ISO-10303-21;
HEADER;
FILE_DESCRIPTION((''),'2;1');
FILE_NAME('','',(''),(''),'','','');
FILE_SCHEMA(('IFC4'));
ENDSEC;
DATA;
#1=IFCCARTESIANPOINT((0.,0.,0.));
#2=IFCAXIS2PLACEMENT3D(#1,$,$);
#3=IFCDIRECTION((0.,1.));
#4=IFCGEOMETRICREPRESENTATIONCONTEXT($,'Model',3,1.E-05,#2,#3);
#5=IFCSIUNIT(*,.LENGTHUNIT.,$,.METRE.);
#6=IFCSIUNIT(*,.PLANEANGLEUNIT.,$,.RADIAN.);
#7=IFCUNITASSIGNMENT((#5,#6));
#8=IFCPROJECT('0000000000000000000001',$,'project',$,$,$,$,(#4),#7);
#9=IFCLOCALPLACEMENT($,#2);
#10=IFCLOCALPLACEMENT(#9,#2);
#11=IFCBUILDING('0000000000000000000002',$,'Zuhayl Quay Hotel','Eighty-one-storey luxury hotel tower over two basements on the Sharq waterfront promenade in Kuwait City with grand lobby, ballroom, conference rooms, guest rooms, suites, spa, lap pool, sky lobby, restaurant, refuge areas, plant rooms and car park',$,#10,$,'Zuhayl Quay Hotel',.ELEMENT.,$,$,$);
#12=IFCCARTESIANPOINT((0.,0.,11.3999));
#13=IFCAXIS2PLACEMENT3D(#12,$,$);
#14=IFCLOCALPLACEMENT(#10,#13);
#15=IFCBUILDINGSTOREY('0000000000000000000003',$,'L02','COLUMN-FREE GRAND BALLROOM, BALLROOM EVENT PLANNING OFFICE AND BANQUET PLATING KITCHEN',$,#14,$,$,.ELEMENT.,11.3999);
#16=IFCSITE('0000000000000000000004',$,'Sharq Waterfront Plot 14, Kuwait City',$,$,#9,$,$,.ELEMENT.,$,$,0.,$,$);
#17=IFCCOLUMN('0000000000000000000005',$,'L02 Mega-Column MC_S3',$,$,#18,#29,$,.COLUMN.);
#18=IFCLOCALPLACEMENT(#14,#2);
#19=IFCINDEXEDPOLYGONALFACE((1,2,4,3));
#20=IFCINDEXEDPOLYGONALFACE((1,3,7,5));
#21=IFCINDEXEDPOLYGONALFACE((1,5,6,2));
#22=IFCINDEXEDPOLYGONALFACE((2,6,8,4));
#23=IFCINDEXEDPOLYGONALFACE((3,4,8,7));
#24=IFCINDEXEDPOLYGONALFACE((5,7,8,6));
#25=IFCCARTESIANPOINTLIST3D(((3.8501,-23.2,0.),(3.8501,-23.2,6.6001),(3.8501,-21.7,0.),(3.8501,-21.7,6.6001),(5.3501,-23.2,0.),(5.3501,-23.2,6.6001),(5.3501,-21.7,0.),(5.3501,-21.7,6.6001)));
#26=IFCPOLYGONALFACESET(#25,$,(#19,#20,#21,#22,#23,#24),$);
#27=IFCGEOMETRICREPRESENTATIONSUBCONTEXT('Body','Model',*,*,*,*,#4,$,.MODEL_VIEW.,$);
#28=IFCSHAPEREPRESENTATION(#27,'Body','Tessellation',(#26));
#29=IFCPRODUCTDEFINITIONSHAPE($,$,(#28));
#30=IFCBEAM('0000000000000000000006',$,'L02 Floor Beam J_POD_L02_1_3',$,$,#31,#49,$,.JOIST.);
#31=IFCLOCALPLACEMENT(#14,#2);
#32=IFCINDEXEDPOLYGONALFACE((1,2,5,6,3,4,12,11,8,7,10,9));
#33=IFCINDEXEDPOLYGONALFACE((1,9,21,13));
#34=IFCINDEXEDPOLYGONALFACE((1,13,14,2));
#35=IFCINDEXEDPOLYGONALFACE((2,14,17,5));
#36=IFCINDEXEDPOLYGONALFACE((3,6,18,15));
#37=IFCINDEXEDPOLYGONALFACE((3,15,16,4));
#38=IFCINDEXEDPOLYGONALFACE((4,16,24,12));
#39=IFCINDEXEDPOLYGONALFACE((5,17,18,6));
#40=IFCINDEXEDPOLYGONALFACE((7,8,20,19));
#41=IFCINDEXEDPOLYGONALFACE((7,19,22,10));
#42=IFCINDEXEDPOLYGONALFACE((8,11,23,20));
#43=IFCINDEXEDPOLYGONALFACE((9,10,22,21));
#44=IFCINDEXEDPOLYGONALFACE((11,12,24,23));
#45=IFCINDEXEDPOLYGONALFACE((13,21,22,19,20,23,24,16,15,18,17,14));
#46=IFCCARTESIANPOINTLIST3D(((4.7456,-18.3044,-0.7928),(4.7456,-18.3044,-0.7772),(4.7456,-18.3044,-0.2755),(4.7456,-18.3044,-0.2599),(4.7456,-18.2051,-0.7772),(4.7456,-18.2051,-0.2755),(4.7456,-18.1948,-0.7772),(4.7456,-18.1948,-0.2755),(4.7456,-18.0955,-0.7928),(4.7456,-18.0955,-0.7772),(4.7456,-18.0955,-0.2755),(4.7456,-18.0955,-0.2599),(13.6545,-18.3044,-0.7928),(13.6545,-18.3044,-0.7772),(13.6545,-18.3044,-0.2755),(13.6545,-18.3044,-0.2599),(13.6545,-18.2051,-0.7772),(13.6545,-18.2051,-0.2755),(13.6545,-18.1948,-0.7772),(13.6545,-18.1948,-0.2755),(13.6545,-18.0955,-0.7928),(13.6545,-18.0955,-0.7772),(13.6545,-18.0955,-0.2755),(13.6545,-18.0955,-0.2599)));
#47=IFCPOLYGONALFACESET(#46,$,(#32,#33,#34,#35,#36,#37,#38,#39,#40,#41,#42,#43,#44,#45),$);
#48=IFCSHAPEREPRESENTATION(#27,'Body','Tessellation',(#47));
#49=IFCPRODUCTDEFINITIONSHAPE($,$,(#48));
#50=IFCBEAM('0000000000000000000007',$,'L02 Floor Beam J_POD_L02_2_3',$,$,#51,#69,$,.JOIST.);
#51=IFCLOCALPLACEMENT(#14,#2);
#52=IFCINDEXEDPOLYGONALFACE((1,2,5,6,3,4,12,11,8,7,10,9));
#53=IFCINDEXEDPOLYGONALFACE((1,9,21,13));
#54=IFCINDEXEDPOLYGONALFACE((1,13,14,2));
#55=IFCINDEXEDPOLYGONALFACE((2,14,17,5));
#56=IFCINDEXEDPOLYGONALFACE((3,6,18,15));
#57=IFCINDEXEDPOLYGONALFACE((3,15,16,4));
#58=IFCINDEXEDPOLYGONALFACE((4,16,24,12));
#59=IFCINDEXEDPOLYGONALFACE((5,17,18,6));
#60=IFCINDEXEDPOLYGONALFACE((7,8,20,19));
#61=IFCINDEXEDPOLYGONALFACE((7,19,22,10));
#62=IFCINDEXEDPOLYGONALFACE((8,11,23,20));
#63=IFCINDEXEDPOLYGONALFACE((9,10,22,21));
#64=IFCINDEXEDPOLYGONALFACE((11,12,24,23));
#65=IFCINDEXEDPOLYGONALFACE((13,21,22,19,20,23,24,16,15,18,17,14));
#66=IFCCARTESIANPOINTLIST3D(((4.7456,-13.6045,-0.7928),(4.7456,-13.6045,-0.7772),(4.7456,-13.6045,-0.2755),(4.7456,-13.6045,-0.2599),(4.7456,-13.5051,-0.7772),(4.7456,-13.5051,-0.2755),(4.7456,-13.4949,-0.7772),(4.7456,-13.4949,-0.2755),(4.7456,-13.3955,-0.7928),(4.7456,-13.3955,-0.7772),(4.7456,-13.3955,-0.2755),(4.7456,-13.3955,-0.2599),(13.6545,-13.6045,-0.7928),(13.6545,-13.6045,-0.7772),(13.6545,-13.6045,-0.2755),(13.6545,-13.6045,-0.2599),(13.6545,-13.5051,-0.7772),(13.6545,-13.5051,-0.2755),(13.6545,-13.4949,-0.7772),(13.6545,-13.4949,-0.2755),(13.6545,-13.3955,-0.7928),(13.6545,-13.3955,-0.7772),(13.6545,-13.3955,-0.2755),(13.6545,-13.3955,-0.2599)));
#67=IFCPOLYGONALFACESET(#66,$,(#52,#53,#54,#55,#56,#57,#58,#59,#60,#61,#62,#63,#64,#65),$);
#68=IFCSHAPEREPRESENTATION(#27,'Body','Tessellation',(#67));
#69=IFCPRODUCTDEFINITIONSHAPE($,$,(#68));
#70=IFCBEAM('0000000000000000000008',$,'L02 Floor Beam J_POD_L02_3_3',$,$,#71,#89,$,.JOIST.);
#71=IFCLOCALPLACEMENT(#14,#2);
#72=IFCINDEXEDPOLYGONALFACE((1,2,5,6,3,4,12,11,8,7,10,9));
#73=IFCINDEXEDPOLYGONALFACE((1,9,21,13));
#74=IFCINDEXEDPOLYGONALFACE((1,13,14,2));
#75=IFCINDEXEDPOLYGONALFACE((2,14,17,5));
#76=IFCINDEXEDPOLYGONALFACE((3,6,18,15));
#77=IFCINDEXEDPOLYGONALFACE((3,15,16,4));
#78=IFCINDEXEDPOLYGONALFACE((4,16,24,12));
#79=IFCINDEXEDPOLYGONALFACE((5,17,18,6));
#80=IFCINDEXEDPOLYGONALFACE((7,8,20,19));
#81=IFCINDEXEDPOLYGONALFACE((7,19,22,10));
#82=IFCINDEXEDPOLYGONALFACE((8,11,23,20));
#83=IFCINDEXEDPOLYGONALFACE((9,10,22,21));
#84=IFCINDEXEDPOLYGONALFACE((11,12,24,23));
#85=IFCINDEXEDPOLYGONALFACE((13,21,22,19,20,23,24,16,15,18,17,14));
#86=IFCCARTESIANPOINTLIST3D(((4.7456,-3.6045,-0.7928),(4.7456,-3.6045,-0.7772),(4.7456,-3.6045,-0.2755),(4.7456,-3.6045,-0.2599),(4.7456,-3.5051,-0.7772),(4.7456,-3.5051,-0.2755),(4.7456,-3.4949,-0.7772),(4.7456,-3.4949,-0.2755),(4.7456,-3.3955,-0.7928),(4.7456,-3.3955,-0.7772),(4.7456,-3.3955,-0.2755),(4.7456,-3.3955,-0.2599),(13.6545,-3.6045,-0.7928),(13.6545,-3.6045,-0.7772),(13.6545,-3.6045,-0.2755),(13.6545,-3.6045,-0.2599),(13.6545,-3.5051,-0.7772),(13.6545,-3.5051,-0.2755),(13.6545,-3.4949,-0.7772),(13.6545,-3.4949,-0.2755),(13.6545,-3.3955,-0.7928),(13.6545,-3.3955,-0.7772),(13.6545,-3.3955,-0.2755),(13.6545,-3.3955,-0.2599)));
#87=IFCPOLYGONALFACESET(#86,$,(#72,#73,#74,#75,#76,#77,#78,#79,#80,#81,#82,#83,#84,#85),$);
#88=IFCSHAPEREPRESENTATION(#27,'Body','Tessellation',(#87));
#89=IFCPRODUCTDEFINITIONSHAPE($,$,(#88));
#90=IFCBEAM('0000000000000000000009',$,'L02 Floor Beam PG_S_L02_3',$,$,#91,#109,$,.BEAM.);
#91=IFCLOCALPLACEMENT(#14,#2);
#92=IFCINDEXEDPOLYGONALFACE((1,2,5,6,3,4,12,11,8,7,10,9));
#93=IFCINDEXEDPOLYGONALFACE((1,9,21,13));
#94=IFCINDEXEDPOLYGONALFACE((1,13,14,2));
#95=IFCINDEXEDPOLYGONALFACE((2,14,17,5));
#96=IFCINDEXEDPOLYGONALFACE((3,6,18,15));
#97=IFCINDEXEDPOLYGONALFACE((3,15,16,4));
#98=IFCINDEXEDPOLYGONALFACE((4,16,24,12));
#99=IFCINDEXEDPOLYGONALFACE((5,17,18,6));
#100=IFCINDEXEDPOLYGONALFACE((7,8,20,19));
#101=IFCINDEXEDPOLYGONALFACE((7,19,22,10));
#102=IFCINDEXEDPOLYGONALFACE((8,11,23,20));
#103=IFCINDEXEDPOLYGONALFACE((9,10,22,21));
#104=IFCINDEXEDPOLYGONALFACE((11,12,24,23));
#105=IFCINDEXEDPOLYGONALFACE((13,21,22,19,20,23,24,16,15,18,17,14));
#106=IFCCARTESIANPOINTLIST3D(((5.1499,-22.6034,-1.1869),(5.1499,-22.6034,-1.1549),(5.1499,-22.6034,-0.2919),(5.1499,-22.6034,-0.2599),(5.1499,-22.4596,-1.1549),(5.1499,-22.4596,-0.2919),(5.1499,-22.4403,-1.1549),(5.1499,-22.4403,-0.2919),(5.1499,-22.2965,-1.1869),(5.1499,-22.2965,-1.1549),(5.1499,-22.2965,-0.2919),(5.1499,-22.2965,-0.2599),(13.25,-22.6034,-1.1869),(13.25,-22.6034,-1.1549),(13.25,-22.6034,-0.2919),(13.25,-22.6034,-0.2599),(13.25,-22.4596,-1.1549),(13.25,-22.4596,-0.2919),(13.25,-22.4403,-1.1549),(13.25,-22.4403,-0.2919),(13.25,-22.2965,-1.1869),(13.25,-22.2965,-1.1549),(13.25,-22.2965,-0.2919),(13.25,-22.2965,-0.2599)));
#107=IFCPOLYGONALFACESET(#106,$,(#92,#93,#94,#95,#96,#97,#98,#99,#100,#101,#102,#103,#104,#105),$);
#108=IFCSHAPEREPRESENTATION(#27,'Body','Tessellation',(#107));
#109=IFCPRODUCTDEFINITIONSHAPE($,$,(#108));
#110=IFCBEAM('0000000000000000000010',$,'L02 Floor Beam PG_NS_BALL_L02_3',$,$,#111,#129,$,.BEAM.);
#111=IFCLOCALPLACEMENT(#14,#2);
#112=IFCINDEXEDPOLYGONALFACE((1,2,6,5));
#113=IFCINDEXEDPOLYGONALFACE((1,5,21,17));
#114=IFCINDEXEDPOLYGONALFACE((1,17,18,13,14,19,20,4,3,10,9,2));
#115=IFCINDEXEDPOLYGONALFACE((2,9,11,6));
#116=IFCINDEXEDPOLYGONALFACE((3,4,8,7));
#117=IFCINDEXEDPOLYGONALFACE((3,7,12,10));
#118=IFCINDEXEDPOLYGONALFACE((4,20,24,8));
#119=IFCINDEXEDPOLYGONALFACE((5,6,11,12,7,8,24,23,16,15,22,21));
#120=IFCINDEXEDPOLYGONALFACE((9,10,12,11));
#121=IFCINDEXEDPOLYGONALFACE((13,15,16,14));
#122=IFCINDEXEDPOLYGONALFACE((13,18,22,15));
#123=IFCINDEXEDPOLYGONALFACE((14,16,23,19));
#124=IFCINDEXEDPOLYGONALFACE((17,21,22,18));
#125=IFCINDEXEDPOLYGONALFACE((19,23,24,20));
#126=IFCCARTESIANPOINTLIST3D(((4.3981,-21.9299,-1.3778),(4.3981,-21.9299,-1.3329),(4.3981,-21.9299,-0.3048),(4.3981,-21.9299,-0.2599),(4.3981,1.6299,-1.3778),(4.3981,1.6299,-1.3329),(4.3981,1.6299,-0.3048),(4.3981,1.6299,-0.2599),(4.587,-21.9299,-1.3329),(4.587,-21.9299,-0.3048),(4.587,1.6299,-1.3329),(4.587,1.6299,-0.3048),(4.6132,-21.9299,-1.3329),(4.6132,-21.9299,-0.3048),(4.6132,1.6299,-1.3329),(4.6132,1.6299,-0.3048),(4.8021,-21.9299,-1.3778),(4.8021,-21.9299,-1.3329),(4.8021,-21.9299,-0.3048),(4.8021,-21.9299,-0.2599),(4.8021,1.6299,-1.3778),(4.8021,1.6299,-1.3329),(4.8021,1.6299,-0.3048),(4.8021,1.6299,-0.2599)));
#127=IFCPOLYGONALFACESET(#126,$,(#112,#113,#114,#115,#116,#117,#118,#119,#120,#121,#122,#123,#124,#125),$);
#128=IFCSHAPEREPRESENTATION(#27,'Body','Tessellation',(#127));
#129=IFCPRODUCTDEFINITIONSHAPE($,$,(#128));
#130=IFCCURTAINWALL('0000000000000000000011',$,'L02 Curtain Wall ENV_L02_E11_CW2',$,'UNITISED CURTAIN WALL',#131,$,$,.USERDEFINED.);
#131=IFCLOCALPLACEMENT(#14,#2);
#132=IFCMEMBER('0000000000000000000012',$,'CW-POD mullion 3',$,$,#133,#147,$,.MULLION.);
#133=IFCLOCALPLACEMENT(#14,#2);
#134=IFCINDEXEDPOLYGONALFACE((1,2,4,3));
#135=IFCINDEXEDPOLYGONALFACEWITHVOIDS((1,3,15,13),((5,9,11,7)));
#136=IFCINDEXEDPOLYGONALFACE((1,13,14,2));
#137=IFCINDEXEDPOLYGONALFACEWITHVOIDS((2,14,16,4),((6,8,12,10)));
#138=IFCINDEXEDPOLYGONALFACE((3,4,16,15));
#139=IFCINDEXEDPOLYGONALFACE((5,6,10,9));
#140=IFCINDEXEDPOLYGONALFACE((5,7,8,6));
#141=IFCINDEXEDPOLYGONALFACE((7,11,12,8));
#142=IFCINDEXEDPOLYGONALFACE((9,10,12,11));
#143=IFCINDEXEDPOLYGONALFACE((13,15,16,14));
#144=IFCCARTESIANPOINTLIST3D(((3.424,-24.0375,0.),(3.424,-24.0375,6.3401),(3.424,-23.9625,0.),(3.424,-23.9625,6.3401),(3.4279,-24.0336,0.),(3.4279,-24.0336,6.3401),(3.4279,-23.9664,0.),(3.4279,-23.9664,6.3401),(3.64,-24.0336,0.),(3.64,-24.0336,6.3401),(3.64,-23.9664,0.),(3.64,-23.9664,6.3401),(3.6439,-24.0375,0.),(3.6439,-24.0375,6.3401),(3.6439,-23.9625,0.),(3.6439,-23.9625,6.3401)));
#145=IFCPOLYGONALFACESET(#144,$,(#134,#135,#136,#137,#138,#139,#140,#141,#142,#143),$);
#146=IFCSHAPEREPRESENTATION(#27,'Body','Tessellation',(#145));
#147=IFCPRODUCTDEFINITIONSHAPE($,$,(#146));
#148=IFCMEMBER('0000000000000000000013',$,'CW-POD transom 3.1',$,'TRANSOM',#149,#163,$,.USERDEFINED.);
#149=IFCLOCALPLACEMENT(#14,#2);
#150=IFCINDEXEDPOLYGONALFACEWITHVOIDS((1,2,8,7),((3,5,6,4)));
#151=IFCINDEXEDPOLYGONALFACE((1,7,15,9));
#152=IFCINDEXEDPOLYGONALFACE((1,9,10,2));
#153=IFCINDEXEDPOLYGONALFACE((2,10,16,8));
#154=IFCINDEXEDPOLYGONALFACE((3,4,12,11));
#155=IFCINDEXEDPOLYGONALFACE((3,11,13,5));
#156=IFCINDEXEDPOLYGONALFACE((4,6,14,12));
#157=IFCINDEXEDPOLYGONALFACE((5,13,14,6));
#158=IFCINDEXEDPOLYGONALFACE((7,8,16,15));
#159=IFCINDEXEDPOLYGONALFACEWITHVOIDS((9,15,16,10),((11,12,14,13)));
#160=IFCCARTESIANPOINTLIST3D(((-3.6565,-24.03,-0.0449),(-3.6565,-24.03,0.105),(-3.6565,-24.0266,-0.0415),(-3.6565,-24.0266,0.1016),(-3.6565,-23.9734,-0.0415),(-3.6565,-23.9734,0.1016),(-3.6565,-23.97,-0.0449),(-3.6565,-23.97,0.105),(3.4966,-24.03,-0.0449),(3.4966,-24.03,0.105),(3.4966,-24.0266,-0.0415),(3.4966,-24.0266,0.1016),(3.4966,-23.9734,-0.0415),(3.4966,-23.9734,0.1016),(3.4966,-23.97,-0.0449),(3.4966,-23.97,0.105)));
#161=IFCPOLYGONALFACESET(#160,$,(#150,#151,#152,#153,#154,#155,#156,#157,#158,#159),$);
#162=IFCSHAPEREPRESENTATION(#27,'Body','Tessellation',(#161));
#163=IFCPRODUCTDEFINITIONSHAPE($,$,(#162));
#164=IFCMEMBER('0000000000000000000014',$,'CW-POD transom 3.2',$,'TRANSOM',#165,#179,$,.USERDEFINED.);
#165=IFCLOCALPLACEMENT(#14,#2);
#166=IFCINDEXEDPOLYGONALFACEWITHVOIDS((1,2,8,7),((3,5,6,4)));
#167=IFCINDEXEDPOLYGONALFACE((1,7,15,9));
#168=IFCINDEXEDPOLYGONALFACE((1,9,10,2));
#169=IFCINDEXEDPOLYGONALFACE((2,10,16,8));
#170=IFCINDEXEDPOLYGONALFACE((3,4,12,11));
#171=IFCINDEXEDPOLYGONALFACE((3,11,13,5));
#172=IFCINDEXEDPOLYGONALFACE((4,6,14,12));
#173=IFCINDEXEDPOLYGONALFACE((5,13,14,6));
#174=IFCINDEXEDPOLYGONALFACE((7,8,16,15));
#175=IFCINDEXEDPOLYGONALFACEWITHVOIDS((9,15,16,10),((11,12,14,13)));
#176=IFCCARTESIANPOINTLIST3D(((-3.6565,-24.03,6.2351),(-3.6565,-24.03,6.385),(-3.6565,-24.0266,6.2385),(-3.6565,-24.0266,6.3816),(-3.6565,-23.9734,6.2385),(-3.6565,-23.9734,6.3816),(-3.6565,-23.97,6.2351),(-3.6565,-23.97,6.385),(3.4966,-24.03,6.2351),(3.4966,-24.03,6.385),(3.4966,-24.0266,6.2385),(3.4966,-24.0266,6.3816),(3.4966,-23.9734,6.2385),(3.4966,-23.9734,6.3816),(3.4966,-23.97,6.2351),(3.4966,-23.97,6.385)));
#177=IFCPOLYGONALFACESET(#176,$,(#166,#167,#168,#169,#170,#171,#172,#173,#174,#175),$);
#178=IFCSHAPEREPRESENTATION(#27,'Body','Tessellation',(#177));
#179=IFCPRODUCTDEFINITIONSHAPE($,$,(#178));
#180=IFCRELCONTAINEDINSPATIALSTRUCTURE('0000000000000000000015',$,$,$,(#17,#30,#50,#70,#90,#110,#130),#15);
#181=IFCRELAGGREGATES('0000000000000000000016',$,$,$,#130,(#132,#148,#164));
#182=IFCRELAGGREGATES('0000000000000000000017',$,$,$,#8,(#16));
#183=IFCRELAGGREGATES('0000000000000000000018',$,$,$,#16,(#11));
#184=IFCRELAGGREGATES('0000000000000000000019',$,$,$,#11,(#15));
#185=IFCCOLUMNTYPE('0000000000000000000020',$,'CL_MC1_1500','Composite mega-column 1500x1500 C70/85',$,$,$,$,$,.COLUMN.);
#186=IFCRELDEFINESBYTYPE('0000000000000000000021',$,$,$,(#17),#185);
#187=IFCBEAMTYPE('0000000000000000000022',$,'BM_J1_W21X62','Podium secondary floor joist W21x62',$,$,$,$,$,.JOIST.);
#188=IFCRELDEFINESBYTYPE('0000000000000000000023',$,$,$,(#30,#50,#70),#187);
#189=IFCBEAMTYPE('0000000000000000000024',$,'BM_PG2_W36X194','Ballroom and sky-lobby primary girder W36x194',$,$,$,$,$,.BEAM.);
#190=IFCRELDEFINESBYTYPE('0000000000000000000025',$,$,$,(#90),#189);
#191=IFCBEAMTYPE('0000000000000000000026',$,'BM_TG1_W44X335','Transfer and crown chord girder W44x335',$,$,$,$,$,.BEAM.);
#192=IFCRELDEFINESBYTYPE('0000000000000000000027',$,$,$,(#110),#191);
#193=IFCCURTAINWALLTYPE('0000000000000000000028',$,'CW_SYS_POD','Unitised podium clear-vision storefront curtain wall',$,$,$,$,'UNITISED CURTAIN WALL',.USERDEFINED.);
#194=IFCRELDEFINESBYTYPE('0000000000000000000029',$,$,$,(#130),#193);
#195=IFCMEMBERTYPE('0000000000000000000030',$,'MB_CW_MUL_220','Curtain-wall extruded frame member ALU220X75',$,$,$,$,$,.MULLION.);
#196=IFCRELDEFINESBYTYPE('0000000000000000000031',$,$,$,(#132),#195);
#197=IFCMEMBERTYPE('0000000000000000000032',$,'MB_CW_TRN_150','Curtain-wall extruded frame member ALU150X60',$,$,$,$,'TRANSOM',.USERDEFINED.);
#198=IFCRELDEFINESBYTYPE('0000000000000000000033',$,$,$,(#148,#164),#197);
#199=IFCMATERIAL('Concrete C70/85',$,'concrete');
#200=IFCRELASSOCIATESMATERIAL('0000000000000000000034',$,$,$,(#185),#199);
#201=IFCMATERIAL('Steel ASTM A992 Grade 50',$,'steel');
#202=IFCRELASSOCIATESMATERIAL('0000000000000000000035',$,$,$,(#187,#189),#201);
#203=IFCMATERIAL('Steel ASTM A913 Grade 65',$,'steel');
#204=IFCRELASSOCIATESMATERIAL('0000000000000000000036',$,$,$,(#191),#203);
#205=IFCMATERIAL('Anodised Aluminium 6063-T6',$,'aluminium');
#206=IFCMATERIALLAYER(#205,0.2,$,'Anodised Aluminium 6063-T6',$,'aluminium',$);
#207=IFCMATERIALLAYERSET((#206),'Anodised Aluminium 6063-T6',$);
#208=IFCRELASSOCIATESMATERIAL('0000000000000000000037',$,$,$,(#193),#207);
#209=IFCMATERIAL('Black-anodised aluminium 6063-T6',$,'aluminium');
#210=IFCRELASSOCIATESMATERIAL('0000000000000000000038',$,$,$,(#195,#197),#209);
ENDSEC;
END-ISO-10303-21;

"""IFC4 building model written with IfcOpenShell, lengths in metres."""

from ifc_helpers import new_model, si_unit, direction, frame, origin, origin_2d, place, context, subcontext, project, spatial, rectangle, hollow_rectangle, i_section, extrude, material, layer, layer_set, material_profile, profile_set, type_object, element, aggregate, save


model = new_model("IFC4")

# Units and contexts
model_context = context("Model", 3, precision=1e-05, world=origin(), true_north=direction((0.0, 1.0)))
body_context = subcontext(model_context, "Body", "Model", "MODEL_VIEW")
ifc_project = project(units=[si_unit("LENGTHUNIT", "METRE"), si_unit("PLANEANGLEUNIT", "RADIAN")], contexts=[model_context])

# Site, building, storey
site_placement = place(None, origin())
site = spatial("IfcSite", under=ifc_project, at=site_placement, Name="Sharq Waterfront Plot 14, Kuwait City", CompositionType="ELEMENT", RefElevation=0.0)
building_placement = place(site_placement, origin())
building = spatial("IfcBuilding", under=site, at=building_placement, Name="Zuhayl Quay Hotel", Description="Eighty-one-storey luxury hotel tower over two basements on the Sharq waterfront promenade in Kuwait City with grand lobby, ballroom, conference rooms, guest rooms, suites, spa, lap pool, sky lobby, restaurant, refuge areas, plant rooms and car park", LongName="Zuhayl Quay Hotel", CompositionType="ELEMENT")
storey_placement = place(building_placement, frame((0.0, 0.0, 11.3999)))
storey = spatial("IfcBuildingStorey", under=building, at=storey_placement, Name="L02", Description="COLUMN-FREE GRAND BALLROOM, BALLROOM EVENT PLANNING OFFICE AND BANQUET PLATING KITCHEN", CompositionType="ELEMENT", Elevation=11.3999)

# Column
ifc_material_1 = material(Name="Concrete C70/85", Category="concrete")
ifc_material_profile_1 = material_profile(ifc_material_1, rectangle(XDim=1.5, YDim=1.5, at=origin_2d()), Name="RC1500X1500")
ifc_profile_set_1 = profile_set([ifc_material_profile_1], Name="Concrete C70/85")
column_type = type_object("IfcColumnType", Name="CL_MC1_1500", Description="Composite mega-column 1500x1500 C70/85", PredefinedType="COLUMN", material=ifc_profile_set_1)
column_placement = place(storey_placement, frame((4.6001, -22.45, 0.0), z_axis=(0.0, 0.0, 1.0), x_axis=(1.0, 0.0, 0.0)))
element("IfcColumn", 1, at=column_placement, inside=storey, type_object=column_type, Name="L02 Mega-Column MC_S3", PredefinedType="COLUMN", context=body_context, shape_type="SweptSolid", body=[
    extrude(rectangle(XDim=1.5, YDim=1.5, at=origin_2d()), origin(), (0.0, 0.0, 1.0), 6.6001),
])

# Beams
ifc_material_2 = material(Name="Steel ASTM A992 Grade 50", Category="steel")
ifc_material_profile_2 = material_profile(ifc_material_2, i_section(OverallWidth=0.209, OverallDepth=0.533, WebThickness=0.0103, FlangeThickness=0.0156, at=origin_2d()), Name="W21X62")
ifc_profile_set_2 = profile_set([ifc_material_profile_2], Name="Steel ASTM A992 Grade 50")
beam_type_1 = type_object("IfcBeamType", Name="BM_J1_W21X62", Description="Podium secondary floor joist W21x62", PredefinedType="JOIST", material=ifc_profile_set_2)
for number, where, z_axis, x_axis, name in (
    (2, (4.7456, -18.2, -0.5264), (1.0, 0.0, 0.0), (0.0, 1.0, 0.0), "L02 Floor Beam J_POD_L02_1_3"),
    (3, (4.7456, -13.5, -0.5264), (1.0, 0.0, 0.0), (0.0, 1.0, 0.0), "L02 Floor Beam J_POD_L02_2_3"),
    (4, (4.7456, -3.5, -0.5264), (1.0, 0.0, 0.0), (0.0, 1.0, 0.0), "L02 Floor Beam J_POD_L02_3_3"),
):
    element("IfcBeam", number, at=place(storey_placement, frame(where, z_axis=z_axis, x_axis=x_axis)), inside=storey, type_object=beam_type_1, Name=name, PredefinedType="JOIST", context=body_context, shape_type="SweptSolid", body=[
        extrude(i_section(OverallWidth=0.209, OverallDepth=0.533, WebThickness=0.0103, FlangeThickness=0.0156, at=origin_2d()), origin(), (0.0, 0.0, 1.0), 8.9089),
    ])
ifc_material_profile_3 = material_profile(ifc_material_2, i_section(OverallWidth=0.3069, OverallDepth=0.927, WebThickness=0.0193, FlangeThickness=0.032, at=origin_2d()), Name="W36X194")
ifc_profile_set_3 = profile_set([ifc_material_profile_3], Name="Steel ASTM A992 Grade 50")
beam_type_2 = type_object("IfcBeamType", Name="BM_PG2_W36X194", Description="Ballroom and sky-lobby primary girder W36x194", PredefinedType="BEAM", material=ifc_profile_set_3)
beam_1_placement = place(storey_placement, frame((5.1499, -22.45, -0.7234), z_axis=(1.0, 0.0, 0.0), x_axis=(0.0, 1.0, 0.0)))
element("IfcBeam", 5, at=beam_1_placement, inside=storey, type_object=beam_type_2, Name="L02 Floor Beam PG_S_L02_3", PredefinedType="BEAM", context=body_context, shape_type="SweptSolid", body=[
    extrude(i_section(OverallWidth=0.3069, OverallDepth=0.927, WebThickness=0.0193, FlangeThickness=0.032, at=origin_2d()), origin(), (0.0, 0.0, 1.0), 8.1001),
])
ifc_material_3 = material(Name="Steel ASTM A913 Grade 65", Category="steel")
ifc_material_profile_4 = material_profile(ifc_material_3, i_section(OverallWidth=0.4041, OverallDepth=1.1179, WebThickness=0.0261, FlangeThickness=0.0449, at=origin_2d()), Name="W44X335")
ifc_profile_set_4 = profile_set([ifc_material_profile_4], Name="Steel ASTM A913 Grade 65")
beam_type_3 = type_object("IfcBeamType", Name="BM_TG1_W44X335", Description="Transfer and crown chord girder W44x335", PredefinedType="BEAM", material=ifc_profile_set_4)
beam_2_placement = place(storey_placement, frame((4.6001, -21.9299, -0.8188), z_axis=(0.0, 1.0, 0.0), x_axis=(-1.0, 0.0, 0.0)))
element("IfcBeam", 6, at=beam_2_placement, inside=storey, type_object=beam_type_3, Name="L02 Floor Beam PG_NS_BALL_L02_3", PredefinedType="BEAM", context=body_context, shape_type="SweptSolid", body=[
    extrude(i_section(OverallWidth=0.4041, OverallDepth=1.1179, WebThickness=0.0261, FlangeThickness=0.0449, at=origin_2d()), origin(), (0.0, 0.0, 1.0), 23.5598),
])

# Curtain wall, members
ifc_material_4 = material(Name="Anodised Aluminium 6063-T6", Category="aluminium")
ifc_layer_1 = layer(ifc_material_4, 0.2, Name="Anodised Aluminium 6063-T6", Category="aluminium")
ifc_layer_set_1 = layer_set([ifc_layer_1], Name="Anodised Aluminium 6063-T6")
curtain_wall_type = type_object("IfcCurtainWallType", Name="CW_SYS_POD", Description="Unitised podium clear-vision storefront curtain wall", ElementType="UNITISED CURTAIN WALL", PredefinedType="USERDEFINED", material=ifc_layer_set_1)
curtain_wall_placement = place(storey_placement, origin())
curtain_wall = element("IfcCurtainWall", 7, at=curtain_wall_placement, inside=storey, type_object=curtain_wall_type, Name="L02 Curtain Wall ENV_L02_E11_CW2", ObjectType="UNITISED CURTAIN WALL", PredefinedType="USERDEFINED")
ifc_material_5 = material(Name="Black-anodised aluminium 6063-T6", Category="aluminium")
ifc_material_profile_5 = material_profile(ifc_material_5, hollow_rectangle(XDim=0.075, YDim=0.22, WallThickness=0.0039, at=origin_2d()), Name="ALU220X75")
ifc_profile_set_5 = profile_set([ifc_material_profile_5], Name="Black-anodised aluminium 6063-T6")
member_type_1 = type_object("IfcMemberType", Name="MB_CW_MUL_220", Description="Curtain-wall extruded frame member ALU220X75", PredefinedType="MULLION", material=ifc_profile_set_5)
member_1_placement = place(storey_placement, frame((3.5339, -24.0, 0.0), z_axis=(0.0, 0.0, 1.0), x_axis=(0.0, -1.0, 0.0)))
member_1 = element("IfcMember", 8, at=member_1_placement, type_object=member_type_1, Name="CW-POD mullion 3", PredefinedType="MULLION", context=body_context, shape_type="SweptSolid", body=[
    extrude(hollow_rectangle(XDim=0.075, YDim=0.22, WallThickness=0.0039, at=origin_2d()), origin(), (0.0, 0.0, 1.0), 6.3401),
])
ifc_material_profile_6 = material_profile(ifc_material_5, hollow_rectangle(XDim=0.0601, YDim=0.1499, WallThickness=0.0034, at=origin_2d()), Name="ALU150X60")
ifc_profile_set_6 = profile_set([ifc_material_profile_6], Name="Black-anodised aluminium 6063-T6")
member_type_2 = type_object("IfcMemberType", Name="MB_CW_TRN_150", Description="Curtain-wall extruded frame member ALU150X60", ElementType="TRANSOM", PredefinedType="USERDEFINED", material=ifc_profile_set_6)
member_2_placement = place(storey_placement, frame((3.4966, -24.0, 0.03), z_axis=(-1.0, 0.0, 0.0), x_axis=(0.0, -1.0, 0.0)))
member_2 = element("IfcMember", 9, at=member_2_placement, type_object=member_type_2, Name="CW-POD transom 3.1", ObjectType="TRANSOM", PredefinedType="USERDEFINED", context=body_context, shape_type="SweptSolid", body=[
    extrude(hollow_rectangle(XDim=0.0601, YDim=0.1499, WallThickness=0.0034, at=origin_2d()), origin(), (0.0, 0.0, 1.0), 7.1531),
])
member_3_placement = place(storey_placement, frame((3.4966, -24.0, 6.3101), z_axis=(-1.0, 0.0, 0.0), x_axis=(0.0, -1.0, 0.0)))
member_3 = element("IfcMember", 10, at=member_3_placement, type_object=member_type_2, Name="CW-POD transom 3.2", ObjectType="TRANSOM", PredefinedType="USERDEFINED", context=body_context, shape_type="SweptSolid", body=[
    extrude(hollow_rectangle(XDim=0.0601, YDim=0.1499, WallThickness=0.0034, at=origin_2d()), origin(), (0.0, 0.0, 1.0), 7.1531),
])
aggregate(curtain_wall, [member_1, member_2, member_3])

save(model, "model.ifc")
